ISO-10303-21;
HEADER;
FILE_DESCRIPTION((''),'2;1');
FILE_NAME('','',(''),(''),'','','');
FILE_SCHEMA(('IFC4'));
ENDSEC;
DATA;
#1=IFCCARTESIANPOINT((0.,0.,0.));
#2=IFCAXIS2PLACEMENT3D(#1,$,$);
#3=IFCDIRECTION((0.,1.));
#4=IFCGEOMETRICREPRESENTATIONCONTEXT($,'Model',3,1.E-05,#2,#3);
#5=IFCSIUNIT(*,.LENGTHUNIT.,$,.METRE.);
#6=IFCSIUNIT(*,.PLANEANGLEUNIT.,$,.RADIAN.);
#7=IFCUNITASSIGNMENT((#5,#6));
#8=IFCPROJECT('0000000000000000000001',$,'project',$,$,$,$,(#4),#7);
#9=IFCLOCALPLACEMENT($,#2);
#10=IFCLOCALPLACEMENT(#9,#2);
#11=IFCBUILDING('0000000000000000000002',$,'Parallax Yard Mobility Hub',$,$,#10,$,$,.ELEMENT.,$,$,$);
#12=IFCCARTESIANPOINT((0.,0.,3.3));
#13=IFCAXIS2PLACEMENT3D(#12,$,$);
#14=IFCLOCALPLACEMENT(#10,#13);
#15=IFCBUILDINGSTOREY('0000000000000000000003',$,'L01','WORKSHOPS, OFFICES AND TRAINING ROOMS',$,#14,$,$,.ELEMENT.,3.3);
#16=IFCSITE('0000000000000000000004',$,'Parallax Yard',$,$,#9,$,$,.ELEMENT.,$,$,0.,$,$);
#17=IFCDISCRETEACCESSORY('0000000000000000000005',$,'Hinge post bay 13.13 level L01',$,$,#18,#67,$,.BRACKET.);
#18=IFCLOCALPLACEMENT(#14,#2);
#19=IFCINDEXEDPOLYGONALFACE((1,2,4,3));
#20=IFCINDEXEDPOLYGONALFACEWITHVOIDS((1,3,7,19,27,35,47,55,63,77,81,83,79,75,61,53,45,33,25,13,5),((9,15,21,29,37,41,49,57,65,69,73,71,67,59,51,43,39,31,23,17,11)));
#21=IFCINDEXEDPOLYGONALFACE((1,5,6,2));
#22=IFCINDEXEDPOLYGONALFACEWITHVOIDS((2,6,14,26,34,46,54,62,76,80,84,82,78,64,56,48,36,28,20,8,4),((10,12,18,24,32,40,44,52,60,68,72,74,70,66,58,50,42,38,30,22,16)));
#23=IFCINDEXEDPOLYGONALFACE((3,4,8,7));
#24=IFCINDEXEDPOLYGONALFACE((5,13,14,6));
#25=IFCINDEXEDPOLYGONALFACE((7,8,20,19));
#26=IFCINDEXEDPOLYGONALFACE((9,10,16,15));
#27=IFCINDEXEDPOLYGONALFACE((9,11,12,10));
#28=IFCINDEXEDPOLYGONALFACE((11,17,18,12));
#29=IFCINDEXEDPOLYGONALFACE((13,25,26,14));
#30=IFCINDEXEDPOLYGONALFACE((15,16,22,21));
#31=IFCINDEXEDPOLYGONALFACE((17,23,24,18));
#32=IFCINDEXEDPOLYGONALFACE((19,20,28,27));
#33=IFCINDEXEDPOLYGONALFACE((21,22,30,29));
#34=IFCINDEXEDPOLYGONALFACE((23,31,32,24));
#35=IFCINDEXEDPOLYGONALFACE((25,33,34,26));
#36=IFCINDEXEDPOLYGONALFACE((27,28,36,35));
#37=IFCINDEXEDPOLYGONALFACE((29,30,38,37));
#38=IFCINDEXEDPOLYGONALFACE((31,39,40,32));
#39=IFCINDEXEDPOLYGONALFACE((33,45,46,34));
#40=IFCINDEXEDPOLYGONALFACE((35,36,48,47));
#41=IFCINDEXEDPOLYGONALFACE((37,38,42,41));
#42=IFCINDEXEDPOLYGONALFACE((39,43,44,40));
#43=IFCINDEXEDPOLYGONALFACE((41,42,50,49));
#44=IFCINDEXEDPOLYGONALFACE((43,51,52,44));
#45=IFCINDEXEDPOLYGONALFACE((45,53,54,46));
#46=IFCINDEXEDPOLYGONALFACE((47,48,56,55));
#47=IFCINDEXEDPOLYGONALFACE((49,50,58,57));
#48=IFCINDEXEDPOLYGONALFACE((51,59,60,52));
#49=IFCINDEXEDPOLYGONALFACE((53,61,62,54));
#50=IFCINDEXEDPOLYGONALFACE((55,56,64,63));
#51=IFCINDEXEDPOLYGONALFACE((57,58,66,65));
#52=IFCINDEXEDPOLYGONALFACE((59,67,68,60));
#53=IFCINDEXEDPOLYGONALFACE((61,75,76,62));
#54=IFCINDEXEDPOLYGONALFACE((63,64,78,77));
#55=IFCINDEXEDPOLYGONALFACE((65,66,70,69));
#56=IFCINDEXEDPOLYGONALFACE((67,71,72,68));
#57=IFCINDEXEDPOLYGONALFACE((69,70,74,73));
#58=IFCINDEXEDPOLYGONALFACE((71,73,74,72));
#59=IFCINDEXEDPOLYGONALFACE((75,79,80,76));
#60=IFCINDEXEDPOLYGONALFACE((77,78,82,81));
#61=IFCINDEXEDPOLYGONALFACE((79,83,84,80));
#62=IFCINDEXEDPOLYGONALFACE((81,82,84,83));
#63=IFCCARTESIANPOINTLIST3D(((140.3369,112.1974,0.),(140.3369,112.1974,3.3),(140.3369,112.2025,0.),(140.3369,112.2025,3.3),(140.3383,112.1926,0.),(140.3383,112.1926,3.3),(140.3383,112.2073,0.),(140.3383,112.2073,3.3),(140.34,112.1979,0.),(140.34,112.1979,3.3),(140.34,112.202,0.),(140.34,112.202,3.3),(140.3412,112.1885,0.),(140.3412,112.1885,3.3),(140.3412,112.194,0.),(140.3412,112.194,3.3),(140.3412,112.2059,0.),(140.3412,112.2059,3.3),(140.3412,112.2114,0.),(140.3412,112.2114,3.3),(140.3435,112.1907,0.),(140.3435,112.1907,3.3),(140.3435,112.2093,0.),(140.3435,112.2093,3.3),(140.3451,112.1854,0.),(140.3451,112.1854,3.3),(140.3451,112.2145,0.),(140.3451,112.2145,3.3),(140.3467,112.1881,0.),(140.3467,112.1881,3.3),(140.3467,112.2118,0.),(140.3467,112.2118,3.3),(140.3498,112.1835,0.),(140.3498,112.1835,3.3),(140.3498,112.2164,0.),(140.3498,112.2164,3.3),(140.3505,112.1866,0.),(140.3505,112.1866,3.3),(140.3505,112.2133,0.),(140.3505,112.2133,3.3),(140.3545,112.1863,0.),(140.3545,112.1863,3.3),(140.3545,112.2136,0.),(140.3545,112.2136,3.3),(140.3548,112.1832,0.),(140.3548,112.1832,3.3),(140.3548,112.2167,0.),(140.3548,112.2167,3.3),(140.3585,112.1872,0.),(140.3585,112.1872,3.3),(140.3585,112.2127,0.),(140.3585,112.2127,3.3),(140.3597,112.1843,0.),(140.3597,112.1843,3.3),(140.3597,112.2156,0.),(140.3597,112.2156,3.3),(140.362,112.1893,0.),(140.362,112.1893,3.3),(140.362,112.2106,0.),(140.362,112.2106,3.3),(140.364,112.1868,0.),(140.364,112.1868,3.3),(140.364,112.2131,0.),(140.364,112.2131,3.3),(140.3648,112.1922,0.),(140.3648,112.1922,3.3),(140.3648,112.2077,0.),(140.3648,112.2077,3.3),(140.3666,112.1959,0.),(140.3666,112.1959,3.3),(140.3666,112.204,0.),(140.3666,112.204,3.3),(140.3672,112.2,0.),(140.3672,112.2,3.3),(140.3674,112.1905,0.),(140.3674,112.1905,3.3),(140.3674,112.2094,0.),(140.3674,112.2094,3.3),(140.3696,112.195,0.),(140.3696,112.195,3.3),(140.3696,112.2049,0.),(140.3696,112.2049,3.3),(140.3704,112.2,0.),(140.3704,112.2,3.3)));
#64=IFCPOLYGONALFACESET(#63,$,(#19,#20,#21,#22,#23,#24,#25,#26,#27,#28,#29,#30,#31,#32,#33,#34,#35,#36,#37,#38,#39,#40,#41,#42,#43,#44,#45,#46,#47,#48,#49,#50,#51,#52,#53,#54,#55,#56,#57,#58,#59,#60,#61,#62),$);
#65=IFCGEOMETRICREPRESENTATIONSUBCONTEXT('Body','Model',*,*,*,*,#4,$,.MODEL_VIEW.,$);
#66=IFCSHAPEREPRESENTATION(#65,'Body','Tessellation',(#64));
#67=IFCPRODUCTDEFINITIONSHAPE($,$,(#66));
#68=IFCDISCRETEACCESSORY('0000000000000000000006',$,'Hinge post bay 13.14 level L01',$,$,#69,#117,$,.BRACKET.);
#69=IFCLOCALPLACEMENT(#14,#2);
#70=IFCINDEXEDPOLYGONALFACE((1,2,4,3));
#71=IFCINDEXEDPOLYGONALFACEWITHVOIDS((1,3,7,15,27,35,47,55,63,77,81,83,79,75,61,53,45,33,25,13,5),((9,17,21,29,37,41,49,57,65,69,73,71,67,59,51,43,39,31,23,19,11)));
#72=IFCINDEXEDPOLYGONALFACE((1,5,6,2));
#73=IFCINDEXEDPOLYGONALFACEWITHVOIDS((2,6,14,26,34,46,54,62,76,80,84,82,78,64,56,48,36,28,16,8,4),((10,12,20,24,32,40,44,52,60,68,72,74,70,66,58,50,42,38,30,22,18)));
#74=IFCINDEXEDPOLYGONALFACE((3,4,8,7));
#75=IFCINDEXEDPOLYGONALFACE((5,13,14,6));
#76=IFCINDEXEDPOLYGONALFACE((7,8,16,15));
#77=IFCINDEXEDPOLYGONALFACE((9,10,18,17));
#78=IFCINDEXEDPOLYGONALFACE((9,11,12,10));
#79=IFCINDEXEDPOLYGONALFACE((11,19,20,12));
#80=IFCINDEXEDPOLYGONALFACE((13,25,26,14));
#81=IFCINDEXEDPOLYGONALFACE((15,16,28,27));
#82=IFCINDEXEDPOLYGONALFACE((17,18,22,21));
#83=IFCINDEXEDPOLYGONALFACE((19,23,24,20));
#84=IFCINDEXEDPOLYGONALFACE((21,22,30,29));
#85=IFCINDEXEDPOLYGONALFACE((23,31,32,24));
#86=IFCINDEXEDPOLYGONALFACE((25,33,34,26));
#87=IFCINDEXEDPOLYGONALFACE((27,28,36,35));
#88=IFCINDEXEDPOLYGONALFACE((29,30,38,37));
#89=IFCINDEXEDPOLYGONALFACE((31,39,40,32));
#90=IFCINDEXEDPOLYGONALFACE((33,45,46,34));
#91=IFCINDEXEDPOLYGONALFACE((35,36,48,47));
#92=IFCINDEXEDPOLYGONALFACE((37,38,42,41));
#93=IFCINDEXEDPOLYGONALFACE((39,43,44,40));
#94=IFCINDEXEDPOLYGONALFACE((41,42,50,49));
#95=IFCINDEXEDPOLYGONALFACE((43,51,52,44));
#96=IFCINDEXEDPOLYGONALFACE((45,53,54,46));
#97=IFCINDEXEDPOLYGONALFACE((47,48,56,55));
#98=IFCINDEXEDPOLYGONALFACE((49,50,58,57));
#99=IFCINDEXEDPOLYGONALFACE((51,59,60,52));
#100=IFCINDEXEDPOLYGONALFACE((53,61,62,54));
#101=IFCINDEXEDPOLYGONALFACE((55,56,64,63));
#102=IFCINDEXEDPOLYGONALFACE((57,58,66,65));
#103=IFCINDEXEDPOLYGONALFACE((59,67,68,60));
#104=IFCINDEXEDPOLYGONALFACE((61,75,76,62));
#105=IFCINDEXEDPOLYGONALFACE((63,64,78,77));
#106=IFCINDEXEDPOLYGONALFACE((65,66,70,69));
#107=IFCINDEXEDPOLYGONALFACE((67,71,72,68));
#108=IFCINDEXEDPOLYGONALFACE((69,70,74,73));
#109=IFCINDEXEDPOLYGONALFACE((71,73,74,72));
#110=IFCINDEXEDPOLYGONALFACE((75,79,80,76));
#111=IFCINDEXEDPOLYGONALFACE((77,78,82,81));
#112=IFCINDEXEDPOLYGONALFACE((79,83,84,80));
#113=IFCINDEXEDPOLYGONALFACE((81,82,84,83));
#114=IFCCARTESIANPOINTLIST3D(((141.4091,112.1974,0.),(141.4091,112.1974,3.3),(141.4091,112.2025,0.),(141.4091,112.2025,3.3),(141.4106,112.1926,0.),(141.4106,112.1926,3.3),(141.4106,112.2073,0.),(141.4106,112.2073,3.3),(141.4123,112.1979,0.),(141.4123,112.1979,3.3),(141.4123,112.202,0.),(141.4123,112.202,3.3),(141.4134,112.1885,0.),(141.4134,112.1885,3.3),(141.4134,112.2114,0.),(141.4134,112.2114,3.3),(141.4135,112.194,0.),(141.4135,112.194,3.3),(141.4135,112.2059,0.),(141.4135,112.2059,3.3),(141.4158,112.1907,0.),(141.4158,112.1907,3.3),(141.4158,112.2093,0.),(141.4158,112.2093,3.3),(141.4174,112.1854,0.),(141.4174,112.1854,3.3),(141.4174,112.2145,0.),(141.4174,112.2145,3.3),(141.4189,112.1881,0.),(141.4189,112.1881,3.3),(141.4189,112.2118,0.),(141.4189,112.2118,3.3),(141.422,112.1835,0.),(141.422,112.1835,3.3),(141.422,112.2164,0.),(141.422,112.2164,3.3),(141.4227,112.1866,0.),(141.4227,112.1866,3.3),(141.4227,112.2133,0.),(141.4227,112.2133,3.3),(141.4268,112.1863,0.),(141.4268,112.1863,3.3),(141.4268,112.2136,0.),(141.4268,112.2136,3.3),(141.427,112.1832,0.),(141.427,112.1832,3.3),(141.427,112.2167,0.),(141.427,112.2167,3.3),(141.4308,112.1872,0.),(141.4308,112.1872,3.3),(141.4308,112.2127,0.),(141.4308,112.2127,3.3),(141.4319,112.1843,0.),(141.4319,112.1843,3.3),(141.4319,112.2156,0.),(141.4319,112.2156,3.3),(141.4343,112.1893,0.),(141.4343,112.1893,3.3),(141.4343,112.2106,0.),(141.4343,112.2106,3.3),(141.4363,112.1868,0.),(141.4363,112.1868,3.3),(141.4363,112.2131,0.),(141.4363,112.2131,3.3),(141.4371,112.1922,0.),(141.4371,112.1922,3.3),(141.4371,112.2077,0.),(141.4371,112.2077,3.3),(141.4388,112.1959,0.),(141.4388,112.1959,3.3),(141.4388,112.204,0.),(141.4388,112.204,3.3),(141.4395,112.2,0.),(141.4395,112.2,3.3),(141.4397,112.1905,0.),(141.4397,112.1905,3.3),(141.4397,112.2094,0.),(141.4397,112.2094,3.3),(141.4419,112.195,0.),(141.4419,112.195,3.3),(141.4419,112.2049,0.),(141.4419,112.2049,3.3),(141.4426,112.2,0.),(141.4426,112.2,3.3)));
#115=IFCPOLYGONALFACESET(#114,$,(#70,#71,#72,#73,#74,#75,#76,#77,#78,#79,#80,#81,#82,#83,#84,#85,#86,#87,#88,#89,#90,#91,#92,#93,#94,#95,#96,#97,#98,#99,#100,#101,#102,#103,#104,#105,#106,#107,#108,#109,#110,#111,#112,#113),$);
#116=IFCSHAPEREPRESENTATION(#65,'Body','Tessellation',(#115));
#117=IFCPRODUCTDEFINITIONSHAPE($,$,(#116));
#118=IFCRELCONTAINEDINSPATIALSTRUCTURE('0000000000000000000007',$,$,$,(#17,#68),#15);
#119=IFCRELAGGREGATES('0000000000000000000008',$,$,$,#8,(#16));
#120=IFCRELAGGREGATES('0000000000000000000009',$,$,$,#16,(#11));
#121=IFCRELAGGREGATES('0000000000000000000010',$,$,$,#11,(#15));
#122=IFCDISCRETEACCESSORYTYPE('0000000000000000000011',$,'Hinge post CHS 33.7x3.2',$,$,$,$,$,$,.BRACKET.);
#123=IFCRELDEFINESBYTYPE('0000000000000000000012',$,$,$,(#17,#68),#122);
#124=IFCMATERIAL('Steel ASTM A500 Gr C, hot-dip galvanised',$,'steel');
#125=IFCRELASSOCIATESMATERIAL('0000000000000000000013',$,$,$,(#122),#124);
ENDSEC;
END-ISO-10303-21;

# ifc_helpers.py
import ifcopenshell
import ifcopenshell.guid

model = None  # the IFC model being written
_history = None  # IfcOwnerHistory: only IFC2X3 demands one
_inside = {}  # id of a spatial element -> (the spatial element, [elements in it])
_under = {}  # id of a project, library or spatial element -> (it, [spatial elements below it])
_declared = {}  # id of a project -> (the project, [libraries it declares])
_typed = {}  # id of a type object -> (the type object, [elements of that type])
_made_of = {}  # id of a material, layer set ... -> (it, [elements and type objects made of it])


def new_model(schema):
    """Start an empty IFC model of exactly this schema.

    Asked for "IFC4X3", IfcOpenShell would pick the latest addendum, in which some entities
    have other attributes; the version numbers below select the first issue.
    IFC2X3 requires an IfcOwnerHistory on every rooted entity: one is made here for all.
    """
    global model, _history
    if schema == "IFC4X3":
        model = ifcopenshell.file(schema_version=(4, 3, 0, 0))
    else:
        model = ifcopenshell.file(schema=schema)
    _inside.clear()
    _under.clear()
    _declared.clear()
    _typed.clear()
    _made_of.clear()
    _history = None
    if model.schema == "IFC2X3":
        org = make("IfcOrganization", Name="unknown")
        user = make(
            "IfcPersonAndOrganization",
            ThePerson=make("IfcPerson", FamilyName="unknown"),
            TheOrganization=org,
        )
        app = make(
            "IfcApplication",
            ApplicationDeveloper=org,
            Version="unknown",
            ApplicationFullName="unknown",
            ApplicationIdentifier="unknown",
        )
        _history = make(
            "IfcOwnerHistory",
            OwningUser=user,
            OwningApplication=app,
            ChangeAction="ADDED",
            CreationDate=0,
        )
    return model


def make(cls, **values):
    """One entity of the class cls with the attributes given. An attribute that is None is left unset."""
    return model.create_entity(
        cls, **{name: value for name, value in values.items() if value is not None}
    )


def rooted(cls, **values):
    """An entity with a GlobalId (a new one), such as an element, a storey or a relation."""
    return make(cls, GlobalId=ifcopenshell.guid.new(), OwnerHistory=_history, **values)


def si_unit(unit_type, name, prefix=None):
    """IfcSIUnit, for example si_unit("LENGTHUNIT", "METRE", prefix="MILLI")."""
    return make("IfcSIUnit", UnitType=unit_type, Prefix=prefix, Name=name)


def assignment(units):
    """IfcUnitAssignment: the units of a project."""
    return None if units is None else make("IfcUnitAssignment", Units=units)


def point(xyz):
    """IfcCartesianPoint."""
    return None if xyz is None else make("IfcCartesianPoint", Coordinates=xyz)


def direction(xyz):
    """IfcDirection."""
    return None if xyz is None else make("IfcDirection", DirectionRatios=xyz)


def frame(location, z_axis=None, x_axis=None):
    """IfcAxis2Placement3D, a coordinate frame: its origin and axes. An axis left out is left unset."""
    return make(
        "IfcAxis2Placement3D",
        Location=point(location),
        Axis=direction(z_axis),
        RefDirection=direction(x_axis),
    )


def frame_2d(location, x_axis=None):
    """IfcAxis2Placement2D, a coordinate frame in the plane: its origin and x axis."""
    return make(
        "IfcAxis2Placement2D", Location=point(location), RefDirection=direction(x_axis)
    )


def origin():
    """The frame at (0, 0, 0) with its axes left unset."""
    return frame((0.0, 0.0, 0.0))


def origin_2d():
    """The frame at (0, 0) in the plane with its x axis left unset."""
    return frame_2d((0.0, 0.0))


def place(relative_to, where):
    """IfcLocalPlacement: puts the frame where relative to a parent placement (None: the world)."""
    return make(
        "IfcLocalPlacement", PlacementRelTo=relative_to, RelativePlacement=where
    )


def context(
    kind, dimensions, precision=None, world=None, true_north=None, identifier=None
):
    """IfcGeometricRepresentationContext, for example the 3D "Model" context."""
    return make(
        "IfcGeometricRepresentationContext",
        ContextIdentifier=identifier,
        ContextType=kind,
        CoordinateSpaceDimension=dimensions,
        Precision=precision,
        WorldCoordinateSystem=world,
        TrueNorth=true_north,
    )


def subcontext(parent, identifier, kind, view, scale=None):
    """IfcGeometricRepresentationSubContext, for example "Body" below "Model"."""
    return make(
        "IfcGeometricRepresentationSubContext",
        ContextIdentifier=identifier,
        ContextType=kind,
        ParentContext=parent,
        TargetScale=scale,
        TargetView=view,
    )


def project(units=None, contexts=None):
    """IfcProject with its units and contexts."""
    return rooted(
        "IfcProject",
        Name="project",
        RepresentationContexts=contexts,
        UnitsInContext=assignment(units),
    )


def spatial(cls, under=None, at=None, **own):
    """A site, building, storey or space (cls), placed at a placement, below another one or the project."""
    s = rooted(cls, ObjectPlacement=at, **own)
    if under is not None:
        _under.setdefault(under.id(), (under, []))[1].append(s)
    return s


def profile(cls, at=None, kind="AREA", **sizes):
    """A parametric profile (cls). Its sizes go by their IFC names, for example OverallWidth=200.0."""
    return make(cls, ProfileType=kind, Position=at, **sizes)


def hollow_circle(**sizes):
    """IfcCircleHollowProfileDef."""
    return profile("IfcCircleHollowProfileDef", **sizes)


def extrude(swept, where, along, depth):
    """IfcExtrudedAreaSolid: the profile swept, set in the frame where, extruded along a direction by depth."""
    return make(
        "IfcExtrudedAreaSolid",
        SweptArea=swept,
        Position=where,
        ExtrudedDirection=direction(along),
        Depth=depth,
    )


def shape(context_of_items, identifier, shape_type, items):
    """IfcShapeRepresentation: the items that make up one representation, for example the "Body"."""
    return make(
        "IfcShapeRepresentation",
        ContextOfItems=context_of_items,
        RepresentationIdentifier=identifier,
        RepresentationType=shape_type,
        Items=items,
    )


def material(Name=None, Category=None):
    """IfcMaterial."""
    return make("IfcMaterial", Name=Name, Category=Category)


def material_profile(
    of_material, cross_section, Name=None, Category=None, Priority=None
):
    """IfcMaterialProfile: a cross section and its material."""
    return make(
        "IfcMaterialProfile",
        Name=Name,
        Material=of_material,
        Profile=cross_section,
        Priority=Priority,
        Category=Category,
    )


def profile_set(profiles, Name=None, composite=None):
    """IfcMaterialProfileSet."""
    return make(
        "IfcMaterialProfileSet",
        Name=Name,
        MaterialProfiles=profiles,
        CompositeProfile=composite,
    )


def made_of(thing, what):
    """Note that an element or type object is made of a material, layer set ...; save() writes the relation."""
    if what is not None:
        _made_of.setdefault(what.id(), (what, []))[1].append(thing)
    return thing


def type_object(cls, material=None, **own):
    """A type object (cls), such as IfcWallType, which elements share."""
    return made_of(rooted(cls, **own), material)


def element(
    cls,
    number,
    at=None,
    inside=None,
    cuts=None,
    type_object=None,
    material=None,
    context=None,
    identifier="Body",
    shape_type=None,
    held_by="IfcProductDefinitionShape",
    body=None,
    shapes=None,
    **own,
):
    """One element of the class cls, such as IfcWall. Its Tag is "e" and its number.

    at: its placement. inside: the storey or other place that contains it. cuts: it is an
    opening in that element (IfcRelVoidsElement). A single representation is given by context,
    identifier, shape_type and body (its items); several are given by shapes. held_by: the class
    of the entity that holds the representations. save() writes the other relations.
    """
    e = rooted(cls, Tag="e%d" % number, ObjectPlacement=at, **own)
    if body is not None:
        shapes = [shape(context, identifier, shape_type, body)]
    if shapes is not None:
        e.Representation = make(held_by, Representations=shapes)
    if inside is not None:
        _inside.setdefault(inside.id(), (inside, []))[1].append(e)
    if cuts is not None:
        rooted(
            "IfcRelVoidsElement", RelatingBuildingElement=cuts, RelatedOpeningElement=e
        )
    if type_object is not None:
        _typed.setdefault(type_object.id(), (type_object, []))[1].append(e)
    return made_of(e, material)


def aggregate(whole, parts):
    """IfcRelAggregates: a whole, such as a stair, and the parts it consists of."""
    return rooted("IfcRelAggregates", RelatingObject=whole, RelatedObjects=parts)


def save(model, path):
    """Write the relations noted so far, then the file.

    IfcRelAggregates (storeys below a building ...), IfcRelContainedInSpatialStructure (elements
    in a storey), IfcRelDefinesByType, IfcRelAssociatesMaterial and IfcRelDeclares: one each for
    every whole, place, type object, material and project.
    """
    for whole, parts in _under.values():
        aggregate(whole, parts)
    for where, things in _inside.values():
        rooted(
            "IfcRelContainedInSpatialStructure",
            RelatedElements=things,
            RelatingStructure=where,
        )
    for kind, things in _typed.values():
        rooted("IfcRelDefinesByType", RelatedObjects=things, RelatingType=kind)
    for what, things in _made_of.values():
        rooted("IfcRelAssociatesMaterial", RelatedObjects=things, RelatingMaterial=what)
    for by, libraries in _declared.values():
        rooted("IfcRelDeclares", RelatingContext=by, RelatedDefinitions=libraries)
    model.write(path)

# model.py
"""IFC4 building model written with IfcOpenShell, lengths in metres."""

from ifc_helpers import new_model, si_unit, direction, frame, origin, origin_2d, place, context, subcontext, project, spatial, hollow_circle, extrude, material, material_profile, profile_set, type_object, element, save


model = new_model("IFC4")

# Units and contexts
model_context = context("Model", 3, precision=1e-05, world=origin(), true_north=direction((0.0, 1.0)))
body_context = subcontext(model_context, "Body", "Model", "MODEL_VIEW")
ifc_project = project(units=[si_unit("LENGTHUNIT", "METRE"), si_unit("PLANEANGLEUNIT", "RADIAN")], contexts=[model_context])

# Site, building, storey
site_placement = place(None, origin())
site = spatial("IfcSite", under=ifc_project, at=site_placement, Name="Parallax Yard", CompositionType="ELEMENT", RefElevation=0.0)
building_placement = place(site_placement, origin())
building = spatial("IfcBuilding", under=site, at=building_placement, Name="Parallax Yard Mobility Hub", CompositionType="ELEMENT")
storey_placement = place(building_placement, frame((0.0, 0.0, 3.3)))
storey = spatial("IfcBuildingStorey", under=building, at=storey_placement, Name="L01", Description="WORKSHOPS, OFFICES AND TRAINING ROOMS", CompositionType="ELEMENT", Elevation=3.3)

# Discrete accessories
ifc_material_1 = material(Name="Steel ASTM A500 Gr C, hot-dip galvanised", Category="steel")
ifc_material_profile = material_profile(ifc_material_1, hollow_circle(Radius=0.0168, WallThickness=0.0032, at=origin_2d()), Name="CHS 33.7x3.2")
ifc_profile_set = profile_set([ifc_material_profile], Name="Steel ASTM A500 Gr C, hot-dip galvanised")
discrete_accessory_type_1 = type_object("IfcDiscreteAccessoryType", Name="Hinge post CHS 33.7x3.2", PredefinedType="BRACKET", material=ifc_profile_set)
for number, where, z_axis, x_axis, name in (
    (1, (140.3535, 112.2, 0.0), (0.0, 0.0, 1.0), (1.0, 0.0, 0.0), "Hinge post bay 13.13 level L01"),
    (2, (141.4258, 112.2, 0.0), (0.0, 0.0, 1.0), (1.0, 0.0, 0.0), "Hinge post bay 13.14 level L01"),
):
    element("IfcDiscreteAccessory", number, at=place(storey_placement, frame(where, z_axis=z_axis, x_axis=x_axis)), inside=storey, type_object=discrete_accessory_type_1, Name=name, PredefinedType="BRACKET", context=body_context, shape_type="SweptSolid", body=[
        extrude(hollow_circle(Radius=0.0168, WallThickness=0.0032, at=origin_2d()), origin(), (0.0, 0.0, 1.0), 3.3),
    ])

save(model, "model.ifc")
